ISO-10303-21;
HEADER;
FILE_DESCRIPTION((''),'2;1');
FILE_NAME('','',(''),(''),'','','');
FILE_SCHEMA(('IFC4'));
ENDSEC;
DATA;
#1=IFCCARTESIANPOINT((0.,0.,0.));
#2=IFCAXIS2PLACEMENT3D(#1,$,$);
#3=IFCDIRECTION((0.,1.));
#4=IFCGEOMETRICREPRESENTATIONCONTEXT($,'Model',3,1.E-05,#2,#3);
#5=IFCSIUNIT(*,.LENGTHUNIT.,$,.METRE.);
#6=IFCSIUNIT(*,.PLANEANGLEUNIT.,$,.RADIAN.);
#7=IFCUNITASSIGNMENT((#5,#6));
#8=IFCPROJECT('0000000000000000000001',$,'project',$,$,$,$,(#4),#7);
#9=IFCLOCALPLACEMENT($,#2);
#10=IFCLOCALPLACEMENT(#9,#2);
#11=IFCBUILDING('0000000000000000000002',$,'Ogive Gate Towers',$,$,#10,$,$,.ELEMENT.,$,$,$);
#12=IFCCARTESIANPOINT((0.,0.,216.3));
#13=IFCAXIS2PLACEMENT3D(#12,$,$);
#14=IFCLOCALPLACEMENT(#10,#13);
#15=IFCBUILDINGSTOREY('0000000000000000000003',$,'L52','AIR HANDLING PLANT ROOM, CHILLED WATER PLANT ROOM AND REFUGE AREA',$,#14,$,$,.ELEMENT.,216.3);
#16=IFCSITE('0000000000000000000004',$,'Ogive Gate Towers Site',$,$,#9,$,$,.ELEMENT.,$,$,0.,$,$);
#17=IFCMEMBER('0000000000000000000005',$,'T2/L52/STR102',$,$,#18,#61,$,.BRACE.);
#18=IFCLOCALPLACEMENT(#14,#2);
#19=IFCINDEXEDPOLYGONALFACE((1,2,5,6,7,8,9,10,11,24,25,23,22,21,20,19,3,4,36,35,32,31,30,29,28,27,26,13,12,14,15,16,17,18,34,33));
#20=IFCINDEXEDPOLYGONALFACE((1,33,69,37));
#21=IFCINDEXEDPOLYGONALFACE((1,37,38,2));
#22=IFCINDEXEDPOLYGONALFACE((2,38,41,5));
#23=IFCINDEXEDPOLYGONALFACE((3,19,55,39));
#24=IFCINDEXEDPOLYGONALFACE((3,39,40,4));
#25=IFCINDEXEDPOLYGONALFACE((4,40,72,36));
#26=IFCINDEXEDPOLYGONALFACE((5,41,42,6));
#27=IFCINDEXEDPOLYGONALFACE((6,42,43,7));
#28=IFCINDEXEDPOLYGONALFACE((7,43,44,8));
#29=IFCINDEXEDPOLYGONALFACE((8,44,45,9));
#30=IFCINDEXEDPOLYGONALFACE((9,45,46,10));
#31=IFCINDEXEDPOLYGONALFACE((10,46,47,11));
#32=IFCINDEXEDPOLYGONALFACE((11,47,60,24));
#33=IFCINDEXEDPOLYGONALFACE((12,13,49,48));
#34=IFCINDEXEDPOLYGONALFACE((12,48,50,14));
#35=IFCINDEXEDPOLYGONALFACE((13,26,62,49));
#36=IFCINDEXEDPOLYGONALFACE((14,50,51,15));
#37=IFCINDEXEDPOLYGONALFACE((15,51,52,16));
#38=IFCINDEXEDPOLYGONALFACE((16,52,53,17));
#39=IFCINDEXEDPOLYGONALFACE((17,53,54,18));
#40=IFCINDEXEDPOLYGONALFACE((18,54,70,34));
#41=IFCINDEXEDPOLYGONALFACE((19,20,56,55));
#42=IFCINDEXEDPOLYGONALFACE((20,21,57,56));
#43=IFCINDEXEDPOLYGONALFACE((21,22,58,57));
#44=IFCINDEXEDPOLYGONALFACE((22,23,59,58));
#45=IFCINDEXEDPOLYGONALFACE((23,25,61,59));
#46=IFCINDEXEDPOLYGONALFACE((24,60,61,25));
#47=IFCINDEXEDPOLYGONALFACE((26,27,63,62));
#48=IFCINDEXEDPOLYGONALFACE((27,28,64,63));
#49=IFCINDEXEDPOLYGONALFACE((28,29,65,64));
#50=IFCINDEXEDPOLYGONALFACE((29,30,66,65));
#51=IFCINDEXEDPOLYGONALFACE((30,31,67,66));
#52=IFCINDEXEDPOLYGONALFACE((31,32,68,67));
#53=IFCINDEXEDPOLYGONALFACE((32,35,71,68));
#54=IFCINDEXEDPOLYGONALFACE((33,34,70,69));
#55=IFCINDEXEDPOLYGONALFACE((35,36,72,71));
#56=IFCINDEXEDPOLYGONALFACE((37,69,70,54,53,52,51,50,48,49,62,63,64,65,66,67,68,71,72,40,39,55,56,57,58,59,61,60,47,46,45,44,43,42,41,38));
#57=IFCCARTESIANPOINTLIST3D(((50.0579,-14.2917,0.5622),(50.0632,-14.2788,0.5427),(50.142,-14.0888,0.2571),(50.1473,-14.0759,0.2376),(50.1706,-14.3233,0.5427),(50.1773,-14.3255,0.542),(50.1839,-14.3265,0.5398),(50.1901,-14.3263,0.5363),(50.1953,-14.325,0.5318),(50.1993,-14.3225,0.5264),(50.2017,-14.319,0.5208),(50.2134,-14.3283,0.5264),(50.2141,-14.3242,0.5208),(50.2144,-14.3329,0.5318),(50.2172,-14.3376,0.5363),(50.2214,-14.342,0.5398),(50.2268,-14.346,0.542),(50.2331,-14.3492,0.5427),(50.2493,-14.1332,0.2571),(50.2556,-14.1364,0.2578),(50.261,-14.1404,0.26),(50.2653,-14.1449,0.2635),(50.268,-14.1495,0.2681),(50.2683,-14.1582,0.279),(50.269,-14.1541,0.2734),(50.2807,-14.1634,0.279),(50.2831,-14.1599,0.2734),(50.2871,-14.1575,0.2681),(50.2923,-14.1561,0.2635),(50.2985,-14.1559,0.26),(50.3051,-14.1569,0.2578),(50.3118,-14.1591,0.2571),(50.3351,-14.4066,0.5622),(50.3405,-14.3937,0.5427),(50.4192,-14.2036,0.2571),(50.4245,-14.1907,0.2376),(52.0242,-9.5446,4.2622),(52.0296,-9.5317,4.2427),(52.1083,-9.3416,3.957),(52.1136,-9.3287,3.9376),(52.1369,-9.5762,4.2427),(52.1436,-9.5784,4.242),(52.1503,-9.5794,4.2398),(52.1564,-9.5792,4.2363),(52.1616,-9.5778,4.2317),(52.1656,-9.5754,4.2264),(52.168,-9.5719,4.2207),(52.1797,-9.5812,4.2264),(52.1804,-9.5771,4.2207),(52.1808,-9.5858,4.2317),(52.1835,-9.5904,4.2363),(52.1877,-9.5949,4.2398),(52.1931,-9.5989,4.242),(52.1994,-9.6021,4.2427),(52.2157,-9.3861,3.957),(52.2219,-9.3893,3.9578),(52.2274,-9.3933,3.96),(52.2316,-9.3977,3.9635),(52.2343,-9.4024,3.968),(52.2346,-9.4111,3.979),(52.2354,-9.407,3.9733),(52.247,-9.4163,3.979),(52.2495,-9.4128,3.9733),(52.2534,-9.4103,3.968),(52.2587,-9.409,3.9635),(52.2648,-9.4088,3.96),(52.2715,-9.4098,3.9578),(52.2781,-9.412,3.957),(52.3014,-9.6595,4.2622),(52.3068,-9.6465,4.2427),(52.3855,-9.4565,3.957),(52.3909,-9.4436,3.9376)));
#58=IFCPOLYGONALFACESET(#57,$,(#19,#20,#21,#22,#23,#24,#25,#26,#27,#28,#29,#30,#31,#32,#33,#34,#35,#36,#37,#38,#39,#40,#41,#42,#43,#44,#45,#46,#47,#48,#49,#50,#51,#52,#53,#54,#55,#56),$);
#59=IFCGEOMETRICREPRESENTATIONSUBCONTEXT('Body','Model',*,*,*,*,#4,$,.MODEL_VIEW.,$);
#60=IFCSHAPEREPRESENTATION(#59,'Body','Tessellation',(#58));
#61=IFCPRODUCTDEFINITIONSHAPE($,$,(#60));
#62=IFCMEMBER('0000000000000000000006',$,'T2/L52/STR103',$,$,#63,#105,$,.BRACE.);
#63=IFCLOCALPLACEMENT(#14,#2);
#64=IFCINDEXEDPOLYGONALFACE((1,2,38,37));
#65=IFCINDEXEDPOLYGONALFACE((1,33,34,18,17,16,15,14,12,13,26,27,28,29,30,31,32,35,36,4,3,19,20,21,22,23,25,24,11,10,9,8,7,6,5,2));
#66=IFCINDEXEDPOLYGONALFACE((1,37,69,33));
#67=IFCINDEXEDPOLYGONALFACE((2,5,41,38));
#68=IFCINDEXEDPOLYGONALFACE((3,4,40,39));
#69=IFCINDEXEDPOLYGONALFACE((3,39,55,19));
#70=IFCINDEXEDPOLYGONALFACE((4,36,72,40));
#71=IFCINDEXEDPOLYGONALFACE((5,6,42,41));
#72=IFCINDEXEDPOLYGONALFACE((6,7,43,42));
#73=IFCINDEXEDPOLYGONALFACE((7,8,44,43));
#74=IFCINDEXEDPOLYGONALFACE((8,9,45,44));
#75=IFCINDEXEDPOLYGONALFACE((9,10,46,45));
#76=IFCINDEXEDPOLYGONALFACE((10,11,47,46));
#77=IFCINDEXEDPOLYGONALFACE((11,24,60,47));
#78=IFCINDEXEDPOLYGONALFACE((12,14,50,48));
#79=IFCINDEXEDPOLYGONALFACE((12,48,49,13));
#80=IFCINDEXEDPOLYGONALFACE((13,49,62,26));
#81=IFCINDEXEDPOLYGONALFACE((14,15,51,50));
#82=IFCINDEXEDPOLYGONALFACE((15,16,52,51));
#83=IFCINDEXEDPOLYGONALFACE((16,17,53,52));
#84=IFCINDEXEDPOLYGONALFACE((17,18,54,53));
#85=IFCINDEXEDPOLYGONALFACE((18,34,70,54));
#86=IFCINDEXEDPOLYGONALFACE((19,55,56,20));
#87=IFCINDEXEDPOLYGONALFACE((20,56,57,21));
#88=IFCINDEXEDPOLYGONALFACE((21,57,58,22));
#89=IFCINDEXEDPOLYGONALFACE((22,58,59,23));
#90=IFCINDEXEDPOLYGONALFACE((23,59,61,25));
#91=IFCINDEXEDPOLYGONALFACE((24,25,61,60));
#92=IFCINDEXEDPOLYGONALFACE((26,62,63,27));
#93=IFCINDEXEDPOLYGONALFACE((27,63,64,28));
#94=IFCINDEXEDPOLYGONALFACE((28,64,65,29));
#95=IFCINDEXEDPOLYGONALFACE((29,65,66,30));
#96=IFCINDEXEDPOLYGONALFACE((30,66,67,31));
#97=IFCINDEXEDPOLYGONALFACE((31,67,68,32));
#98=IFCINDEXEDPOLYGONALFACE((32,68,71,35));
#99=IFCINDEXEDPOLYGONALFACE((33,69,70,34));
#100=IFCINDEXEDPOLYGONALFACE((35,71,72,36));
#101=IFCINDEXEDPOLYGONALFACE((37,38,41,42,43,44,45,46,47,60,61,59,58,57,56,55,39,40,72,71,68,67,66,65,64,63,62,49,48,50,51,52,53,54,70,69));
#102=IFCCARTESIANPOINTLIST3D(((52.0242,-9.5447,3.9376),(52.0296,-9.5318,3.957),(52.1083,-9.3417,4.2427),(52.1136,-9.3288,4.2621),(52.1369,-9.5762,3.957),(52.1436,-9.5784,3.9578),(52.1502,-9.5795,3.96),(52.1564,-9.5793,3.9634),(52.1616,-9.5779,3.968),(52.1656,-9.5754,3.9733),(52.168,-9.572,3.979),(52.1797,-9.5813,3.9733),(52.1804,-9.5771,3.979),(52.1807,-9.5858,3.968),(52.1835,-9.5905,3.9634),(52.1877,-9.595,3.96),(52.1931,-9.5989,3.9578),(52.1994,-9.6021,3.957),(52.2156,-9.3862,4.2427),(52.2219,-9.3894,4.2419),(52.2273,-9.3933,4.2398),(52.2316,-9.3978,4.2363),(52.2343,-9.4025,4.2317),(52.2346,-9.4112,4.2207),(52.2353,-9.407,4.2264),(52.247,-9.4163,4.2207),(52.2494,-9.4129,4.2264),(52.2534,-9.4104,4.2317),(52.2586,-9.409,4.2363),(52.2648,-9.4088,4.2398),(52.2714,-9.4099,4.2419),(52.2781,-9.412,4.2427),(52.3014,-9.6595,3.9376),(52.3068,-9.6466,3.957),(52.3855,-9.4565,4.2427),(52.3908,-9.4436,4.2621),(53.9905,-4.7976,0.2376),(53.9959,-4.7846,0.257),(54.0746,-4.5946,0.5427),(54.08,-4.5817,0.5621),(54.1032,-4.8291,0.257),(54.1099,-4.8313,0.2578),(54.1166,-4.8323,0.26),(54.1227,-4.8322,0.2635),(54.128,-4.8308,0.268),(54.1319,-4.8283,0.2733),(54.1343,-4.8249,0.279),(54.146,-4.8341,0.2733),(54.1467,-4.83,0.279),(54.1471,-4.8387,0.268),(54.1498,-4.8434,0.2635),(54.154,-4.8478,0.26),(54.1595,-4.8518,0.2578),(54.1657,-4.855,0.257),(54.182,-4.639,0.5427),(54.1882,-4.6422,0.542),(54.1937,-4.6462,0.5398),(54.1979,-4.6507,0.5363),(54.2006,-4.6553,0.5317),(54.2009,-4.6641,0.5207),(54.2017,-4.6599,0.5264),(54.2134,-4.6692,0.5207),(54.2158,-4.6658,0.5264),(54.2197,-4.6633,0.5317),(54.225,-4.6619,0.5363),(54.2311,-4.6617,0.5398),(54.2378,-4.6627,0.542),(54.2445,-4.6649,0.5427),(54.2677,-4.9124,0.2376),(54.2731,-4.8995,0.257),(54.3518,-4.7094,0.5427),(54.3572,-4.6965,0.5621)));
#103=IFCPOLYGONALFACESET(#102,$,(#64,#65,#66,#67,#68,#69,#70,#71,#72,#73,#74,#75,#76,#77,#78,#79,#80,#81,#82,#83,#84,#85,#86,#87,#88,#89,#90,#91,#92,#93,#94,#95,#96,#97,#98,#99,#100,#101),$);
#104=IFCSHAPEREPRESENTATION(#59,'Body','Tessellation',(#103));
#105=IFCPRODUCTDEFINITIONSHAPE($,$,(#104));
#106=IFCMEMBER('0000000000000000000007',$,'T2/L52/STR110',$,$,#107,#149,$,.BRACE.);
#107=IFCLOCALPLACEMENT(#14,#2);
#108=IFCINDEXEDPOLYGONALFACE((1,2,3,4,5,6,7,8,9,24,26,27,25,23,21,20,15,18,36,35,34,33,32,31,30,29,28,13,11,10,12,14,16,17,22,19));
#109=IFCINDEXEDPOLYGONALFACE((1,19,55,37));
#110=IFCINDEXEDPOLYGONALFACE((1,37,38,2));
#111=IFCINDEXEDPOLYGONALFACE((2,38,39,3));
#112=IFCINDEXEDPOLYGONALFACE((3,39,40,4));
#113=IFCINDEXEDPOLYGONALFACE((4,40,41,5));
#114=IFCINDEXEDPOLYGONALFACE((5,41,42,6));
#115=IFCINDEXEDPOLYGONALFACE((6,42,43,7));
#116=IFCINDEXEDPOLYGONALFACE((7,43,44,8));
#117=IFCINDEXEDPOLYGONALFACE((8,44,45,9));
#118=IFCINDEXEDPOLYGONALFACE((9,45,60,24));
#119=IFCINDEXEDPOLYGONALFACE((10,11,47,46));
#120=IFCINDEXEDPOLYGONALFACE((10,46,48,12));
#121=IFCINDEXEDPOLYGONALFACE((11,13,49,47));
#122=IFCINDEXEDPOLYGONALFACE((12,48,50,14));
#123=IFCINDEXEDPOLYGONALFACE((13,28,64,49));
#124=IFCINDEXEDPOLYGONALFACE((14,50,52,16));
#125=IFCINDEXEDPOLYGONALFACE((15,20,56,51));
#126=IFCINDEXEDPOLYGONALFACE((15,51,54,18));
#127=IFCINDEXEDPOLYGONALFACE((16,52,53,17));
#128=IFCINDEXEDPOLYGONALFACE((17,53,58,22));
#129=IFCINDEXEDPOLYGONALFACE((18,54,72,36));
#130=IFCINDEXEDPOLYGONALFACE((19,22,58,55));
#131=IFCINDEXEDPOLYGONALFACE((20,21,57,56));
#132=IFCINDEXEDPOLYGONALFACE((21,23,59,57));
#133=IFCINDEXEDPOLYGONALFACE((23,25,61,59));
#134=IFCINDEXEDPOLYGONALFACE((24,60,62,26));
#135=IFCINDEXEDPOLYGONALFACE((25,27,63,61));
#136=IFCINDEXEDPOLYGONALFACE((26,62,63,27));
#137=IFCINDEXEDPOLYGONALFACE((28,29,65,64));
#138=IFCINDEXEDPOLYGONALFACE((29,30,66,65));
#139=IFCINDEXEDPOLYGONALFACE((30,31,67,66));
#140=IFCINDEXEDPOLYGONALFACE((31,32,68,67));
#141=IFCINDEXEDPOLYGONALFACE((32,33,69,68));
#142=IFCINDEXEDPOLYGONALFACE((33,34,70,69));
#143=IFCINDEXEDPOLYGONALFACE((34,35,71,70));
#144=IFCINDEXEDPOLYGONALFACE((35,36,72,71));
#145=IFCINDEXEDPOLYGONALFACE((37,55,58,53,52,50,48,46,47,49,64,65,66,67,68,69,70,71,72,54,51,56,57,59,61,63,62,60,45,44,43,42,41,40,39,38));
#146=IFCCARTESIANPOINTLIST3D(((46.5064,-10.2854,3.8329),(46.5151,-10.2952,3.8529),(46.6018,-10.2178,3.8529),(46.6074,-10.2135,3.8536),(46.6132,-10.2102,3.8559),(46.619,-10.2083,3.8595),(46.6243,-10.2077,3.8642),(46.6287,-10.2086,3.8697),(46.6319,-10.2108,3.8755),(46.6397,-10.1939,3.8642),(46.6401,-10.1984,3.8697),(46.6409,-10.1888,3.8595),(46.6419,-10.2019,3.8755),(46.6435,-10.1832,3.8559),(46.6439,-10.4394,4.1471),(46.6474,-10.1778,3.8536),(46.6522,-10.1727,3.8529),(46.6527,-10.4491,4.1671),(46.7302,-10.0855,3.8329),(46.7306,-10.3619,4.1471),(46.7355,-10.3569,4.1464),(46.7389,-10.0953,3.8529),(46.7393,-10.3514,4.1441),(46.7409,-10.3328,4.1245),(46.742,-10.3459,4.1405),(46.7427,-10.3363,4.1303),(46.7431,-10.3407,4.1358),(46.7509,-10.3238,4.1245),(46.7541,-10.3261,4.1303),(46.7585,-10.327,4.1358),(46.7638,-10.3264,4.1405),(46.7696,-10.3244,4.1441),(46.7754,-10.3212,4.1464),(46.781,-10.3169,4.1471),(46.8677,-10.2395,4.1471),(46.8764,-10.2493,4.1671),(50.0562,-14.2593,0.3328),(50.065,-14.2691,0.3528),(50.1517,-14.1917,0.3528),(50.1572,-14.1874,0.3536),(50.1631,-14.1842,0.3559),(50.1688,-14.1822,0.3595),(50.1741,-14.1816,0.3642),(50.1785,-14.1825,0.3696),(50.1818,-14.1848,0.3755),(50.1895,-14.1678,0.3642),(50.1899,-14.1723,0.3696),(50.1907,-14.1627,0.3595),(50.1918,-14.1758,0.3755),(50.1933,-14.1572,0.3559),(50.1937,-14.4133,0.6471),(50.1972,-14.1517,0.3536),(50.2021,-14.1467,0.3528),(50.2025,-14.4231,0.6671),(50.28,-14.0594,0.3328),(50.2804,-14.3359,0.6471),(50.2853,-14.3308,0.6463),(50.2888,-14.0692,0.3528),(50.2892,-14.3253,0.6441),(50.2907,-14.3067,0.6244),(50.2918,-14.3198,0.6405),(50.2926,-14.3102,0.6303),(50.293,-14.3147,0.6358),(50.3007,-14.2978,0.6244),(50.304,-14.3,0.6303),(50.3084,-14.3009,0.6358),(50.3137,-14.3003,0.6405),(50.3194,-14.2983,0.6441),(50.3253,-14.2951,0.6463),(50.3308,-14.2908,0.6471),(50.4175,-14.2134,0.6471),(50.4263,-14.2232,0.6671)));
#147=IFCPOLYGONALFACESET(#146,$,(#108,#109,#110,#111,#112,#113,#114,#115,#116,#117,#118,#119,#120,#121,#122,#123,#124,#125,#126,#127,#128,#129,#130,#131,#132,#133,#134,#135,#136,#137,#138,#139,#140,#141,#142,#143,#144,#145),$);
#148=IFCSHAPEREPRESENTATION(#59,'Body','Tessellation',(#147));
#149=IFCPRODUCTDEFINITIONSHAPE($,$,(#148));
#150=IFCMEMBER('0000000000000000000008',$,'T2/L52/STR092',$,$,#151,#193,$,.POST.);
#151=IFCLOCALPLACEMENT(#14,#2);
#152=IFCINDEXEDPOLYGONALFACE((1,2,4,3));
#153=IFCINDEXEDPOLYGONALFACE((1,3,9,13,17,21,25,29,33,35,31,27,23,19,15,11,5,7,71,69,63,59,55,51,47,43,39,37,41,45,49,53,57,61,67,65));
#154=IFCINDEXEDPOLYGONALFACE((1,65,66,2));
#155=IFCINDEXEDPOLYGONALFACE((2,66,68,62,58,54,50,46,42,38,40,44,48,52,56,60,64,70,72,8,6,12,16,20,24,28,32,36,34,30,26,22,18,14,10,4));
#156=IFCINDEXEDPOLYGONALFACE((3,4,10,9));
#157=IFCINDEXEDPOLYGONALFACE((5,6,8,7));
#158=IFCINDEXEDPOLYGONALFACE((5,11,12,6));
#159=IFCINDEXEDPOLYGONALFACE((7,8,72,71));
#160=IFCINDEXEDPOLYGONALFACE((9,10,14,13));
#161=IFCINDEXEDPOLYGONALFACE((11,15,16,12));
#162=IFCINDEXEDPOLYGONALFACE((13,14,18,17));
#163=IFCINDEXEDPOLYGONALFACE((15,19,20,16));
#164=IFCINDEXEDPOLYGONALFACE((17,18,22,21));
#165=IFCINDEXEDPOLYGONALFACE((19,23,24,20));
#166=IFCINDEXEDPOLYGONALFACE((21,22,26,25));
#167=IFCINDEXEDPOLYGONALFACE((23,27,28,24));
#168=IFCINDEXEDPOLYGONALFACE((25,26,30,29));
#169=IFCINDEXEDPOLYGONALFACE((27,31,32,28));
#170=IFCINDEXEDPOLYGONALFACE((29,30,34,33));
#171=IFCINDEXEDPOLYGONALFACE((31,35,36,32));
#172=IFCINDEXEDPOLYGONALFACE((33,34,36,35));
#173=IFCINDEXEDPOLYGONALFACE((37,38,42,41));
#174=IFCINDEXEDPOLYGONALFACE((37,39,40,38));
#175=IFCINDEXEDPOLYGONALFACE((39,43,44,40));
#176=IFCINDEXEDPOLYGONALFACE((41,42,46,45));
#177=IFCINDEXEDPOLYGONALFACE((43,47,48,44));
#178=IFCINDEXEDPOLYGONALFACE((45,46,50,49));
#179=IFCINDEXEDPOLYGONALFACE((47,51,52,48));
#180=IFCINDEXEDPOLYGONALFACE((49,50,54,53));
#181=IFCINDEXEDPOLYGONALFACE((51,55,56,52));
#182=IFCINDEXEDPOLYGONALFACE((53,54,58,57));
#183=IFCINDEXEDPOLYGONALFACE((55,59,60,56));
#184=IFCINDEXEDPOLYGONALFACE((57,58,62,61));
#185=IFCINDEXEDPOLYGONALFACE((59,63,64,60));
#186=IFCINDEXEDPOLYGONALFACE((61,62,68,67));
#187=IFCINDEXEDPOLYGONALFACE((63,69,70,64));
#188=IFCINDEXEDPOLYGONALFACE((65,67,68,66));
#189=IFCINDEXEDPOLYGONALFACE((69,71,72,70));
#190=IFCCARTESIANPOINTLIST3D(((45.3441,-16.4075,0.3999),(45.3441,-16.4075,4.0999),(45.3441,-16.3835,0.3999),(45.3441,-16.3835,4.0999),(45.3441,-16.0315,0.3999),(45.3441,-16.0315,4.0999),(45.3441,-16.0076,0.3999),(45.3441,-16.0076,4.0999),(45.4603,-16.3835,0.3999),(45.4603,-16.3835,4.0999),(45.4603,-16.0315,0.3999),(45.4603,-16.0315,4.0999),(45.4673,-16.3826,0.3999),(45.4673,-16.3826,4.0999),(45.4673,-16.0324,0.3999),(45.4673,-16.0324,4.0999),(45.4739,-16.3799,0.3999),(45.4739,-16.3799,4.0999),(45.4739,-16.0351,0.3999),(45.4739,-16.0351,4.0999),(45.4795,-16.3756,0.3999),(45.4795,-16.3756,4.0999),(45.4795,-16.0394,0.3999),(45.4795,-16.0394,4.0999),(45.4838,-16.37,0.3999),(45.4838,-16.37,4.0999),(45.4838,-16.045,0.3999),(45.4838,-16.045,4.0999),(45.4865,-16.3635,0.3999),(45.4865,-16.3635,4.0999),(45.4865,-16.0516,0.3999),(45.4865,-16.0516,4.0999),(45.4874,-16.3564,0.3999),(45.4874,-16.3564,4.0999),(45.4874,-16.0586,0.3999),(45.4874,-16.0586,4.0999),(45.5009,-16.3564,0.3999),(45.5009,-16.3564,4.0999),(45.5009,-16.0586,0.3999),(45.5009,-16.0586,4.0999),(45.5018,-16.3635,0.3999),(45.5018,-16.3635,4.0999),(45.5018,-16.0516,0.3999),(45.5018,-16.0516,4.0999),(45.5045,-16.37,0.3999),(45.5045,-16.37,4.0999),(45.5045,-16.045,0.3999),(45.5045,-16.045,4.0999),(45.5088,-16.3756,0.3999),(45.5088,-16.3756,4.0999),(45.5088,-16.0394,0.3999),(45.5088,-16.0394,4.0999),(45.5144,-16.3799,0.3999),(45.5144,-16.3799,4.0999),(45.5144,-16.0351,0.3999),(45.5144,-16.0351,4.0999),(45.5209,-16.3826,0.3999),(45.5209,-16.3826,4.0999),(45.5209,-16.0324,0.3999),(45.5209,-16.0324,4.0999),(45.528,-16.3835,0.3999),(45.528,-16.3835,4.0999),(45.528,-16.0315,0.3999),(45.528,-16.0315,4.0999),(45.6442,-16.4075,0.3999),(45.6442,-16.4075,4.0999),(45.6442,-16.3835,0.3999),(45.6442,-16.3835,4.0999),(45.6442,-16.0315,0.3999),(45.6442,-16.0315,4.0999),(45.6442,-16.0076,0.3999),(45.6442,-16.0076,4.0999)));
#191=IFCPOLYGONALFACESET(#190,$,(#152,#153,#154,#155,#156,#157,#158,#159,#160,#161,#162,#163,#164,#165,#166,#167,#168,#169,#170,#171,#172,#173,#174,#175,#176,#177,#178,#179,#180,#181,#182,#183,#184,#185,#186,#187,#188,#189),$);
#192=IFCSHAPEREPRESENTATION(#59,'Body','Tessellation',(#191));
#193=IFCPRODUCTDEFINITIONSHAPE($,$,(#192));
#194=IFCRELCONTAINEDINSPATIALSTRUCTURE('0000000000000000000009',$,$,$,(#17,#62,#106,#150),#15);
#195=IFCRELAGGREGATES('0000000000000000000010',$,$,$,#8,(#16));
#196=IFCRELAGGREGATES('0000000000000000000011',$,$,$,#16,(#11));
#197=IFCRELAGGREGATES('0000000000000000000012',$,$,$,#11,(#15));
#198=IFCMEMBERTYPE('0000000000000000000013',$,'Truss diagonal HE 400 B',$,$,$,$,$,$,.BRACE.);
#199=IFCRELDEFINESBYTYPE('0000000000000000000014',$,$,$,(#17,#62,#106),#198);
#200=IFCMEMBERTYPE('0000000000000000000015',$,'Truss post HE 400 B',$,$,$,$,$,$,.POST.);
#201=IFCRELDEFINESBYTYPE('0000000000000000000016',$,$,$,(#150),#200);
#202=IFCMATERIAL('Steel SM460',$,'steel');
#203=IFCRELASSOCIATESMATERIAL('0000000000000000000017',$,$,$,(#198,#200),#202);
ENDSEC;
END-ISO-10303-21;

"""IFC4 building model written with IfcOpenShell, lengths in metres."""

from ifc_helpers import new_model, si_unit, direction, frame, origin, origin_2d, place, context, subcontext, project, spatial, i_section, extrude, material, material_profile, profile_set, type_object, element, save


model = new_model("IFC4")

# Units and contexts
model_context = context("Model", 3, precision=1e-05, world=origin(), true_north=direction((0.0, 1.0)))
body_context = subcontext(model_context, "Body", "Model", "MODEL_VIEW")
ifc_project = project(units=[si_unit("LENGTHUNIT", "METRE"), si_unit("PLANEANGLEUNIT", "RADIAN")], contexts=[model_context])

# Site, building, storey
site_placement = place(None, origin())
site = spatial("IfcSite", under=ifc_project, at=site_placement, Name="Ogive Gate Towers Site", CompositionType="ELEMENT", RefElevation=0.0)
building_placement = place(site_placement, origin())
building = spatial("IfcBuilding", under=site, at=building_placement, Name="Ogive Gate Towers", CompositionType="ELEMENT")
storey_placement = place(building_placement, frame((0.0, 0.0, 216.3)))
storey = spatial("IfcBuildingStorey", under=building, at=storey_placement, Name="L52", Description="AIR HANDLING PLANT ROOM, CHILLED WATER PLANT ROOM AND REFUGE AREA", CompositionType="ELEMENT", Elevation=216.3)

# Shared definitions
ifc_material_1 = material(Name="Steel SM460", Category="steel")

# Members
ifc_material_profile_1 = material_profile(ifc_material_1, i_section(OverallWidth=0.3, OverallDepth=0.3999, WebThickness=0.0134, FlangeThickness=0.0239, FilletRadius=0.0271, at=origin_2d()), Name="HE 400 B")
ifc_profile_set_1 = profile_set([ifc_material_profile_1], Name="Steel SM460")
member_type_1 = type_object("IfcMemberType", Name="Truss diagonal HE 400 B", PredefinedType="BRACE", material=ifc_profile_set_1)
for number, where, z_axis, x_axis, name in (
    (1, (50.2412, -14.2412, 0.3999), (0.310549, 0.749728, 0.584352), (-0.923879, 0.382685, 0.0), "T2/L52/STR102"),
    (2, (52.2075, -9.4941, 4.0999), (0.310549, 0.749728, -0.584352), (-0.923879, 0.382685, 0.0), "T2/L52/STR103"),
):
    element("IfcMember", number, at=place(storey_placement, frame(where, z_axis=z_axis, x_axis=x_axis)), inside=storey, type_object=member_type_1, Name=name, PredefinedType="BRACE", context=body_context, shape_type="SweptSolid", body=[
        extrude(i_section(OverallWidth=0.3, OverallDepth=0.3999, WebThickness=0.0134, FlangeThickness=0.0239, FilletRadius=0.0271, at=origin_2d()), origin(), (0.0, 0.0, 1.0), 6.3318),
    ])
member_1_placement = place(storey_placement, frame((46.6914, -10.2673, 4.0), z_axis=(0.556817, -0.623336, -0.549005), x_axis=(0.745779, 0.666193, 0.0)))
element("IfcMember", 3, at=member_1_placement, inside=storey, type_object=member_type_1, Name="T2/L52/STR110", PredefinedType="BRACE", context=body_context, shape_type="SweptSolid", body=[
    extrude(i_section(OverallWidth=0.3, OverallDepth=0.3999, WebThickness=0.0134, FlangeThickness=0.0239, FilletRadius=0.0271, at=origin_2d()), origin(), (0.0, 0.0, 1.0), 6.3752),
])
ifc_material_profile_2 = material_profile(ifc_material_1, i_section(OverallWidth=0.3, OverallDepth=0.3999, WebThickness=0.0134, FlangeThickness=0.0239, FilletRadius=0.0271, at=origin_2d()), Name="HE 400 B")
ifc_profile_set_2 = profile_set([ifc_material_profile_2], Name="Steel SM460")
member_type_2 = type_object("IfcMemberType", Name="Truss post HE 400 B", PredefinedType="POST", material=ifc_profile_set_2)
for number, where, z_axis, x_axis, name in (
    (4, (45.4941, -16.2075, 0.3999), (0.0, 0.0, 1.0), (1.0, 0.0, 0.0), "T2/L52/STR092"),
):
    element("IfcMember", number, at=place(storey_placement, frame(where, z_axis=z_axis, x_axis=x_axis)), inside=storey, type_object=member_type_2, Name=name, PredefinedType="POST", context=body_context, shape_type="SweptSolid", body=[
        extrude(i_section(OverallWidth=0.3, OverallDepth=0.3999, WebThickness=0.0134, FlangeThickness=0.0239, FilletRadius=0.0271, at=origin_2d()), origin(), (0.0, 0.0, 1.0), 3.7),
    ])

save(model, "model.ifc")
